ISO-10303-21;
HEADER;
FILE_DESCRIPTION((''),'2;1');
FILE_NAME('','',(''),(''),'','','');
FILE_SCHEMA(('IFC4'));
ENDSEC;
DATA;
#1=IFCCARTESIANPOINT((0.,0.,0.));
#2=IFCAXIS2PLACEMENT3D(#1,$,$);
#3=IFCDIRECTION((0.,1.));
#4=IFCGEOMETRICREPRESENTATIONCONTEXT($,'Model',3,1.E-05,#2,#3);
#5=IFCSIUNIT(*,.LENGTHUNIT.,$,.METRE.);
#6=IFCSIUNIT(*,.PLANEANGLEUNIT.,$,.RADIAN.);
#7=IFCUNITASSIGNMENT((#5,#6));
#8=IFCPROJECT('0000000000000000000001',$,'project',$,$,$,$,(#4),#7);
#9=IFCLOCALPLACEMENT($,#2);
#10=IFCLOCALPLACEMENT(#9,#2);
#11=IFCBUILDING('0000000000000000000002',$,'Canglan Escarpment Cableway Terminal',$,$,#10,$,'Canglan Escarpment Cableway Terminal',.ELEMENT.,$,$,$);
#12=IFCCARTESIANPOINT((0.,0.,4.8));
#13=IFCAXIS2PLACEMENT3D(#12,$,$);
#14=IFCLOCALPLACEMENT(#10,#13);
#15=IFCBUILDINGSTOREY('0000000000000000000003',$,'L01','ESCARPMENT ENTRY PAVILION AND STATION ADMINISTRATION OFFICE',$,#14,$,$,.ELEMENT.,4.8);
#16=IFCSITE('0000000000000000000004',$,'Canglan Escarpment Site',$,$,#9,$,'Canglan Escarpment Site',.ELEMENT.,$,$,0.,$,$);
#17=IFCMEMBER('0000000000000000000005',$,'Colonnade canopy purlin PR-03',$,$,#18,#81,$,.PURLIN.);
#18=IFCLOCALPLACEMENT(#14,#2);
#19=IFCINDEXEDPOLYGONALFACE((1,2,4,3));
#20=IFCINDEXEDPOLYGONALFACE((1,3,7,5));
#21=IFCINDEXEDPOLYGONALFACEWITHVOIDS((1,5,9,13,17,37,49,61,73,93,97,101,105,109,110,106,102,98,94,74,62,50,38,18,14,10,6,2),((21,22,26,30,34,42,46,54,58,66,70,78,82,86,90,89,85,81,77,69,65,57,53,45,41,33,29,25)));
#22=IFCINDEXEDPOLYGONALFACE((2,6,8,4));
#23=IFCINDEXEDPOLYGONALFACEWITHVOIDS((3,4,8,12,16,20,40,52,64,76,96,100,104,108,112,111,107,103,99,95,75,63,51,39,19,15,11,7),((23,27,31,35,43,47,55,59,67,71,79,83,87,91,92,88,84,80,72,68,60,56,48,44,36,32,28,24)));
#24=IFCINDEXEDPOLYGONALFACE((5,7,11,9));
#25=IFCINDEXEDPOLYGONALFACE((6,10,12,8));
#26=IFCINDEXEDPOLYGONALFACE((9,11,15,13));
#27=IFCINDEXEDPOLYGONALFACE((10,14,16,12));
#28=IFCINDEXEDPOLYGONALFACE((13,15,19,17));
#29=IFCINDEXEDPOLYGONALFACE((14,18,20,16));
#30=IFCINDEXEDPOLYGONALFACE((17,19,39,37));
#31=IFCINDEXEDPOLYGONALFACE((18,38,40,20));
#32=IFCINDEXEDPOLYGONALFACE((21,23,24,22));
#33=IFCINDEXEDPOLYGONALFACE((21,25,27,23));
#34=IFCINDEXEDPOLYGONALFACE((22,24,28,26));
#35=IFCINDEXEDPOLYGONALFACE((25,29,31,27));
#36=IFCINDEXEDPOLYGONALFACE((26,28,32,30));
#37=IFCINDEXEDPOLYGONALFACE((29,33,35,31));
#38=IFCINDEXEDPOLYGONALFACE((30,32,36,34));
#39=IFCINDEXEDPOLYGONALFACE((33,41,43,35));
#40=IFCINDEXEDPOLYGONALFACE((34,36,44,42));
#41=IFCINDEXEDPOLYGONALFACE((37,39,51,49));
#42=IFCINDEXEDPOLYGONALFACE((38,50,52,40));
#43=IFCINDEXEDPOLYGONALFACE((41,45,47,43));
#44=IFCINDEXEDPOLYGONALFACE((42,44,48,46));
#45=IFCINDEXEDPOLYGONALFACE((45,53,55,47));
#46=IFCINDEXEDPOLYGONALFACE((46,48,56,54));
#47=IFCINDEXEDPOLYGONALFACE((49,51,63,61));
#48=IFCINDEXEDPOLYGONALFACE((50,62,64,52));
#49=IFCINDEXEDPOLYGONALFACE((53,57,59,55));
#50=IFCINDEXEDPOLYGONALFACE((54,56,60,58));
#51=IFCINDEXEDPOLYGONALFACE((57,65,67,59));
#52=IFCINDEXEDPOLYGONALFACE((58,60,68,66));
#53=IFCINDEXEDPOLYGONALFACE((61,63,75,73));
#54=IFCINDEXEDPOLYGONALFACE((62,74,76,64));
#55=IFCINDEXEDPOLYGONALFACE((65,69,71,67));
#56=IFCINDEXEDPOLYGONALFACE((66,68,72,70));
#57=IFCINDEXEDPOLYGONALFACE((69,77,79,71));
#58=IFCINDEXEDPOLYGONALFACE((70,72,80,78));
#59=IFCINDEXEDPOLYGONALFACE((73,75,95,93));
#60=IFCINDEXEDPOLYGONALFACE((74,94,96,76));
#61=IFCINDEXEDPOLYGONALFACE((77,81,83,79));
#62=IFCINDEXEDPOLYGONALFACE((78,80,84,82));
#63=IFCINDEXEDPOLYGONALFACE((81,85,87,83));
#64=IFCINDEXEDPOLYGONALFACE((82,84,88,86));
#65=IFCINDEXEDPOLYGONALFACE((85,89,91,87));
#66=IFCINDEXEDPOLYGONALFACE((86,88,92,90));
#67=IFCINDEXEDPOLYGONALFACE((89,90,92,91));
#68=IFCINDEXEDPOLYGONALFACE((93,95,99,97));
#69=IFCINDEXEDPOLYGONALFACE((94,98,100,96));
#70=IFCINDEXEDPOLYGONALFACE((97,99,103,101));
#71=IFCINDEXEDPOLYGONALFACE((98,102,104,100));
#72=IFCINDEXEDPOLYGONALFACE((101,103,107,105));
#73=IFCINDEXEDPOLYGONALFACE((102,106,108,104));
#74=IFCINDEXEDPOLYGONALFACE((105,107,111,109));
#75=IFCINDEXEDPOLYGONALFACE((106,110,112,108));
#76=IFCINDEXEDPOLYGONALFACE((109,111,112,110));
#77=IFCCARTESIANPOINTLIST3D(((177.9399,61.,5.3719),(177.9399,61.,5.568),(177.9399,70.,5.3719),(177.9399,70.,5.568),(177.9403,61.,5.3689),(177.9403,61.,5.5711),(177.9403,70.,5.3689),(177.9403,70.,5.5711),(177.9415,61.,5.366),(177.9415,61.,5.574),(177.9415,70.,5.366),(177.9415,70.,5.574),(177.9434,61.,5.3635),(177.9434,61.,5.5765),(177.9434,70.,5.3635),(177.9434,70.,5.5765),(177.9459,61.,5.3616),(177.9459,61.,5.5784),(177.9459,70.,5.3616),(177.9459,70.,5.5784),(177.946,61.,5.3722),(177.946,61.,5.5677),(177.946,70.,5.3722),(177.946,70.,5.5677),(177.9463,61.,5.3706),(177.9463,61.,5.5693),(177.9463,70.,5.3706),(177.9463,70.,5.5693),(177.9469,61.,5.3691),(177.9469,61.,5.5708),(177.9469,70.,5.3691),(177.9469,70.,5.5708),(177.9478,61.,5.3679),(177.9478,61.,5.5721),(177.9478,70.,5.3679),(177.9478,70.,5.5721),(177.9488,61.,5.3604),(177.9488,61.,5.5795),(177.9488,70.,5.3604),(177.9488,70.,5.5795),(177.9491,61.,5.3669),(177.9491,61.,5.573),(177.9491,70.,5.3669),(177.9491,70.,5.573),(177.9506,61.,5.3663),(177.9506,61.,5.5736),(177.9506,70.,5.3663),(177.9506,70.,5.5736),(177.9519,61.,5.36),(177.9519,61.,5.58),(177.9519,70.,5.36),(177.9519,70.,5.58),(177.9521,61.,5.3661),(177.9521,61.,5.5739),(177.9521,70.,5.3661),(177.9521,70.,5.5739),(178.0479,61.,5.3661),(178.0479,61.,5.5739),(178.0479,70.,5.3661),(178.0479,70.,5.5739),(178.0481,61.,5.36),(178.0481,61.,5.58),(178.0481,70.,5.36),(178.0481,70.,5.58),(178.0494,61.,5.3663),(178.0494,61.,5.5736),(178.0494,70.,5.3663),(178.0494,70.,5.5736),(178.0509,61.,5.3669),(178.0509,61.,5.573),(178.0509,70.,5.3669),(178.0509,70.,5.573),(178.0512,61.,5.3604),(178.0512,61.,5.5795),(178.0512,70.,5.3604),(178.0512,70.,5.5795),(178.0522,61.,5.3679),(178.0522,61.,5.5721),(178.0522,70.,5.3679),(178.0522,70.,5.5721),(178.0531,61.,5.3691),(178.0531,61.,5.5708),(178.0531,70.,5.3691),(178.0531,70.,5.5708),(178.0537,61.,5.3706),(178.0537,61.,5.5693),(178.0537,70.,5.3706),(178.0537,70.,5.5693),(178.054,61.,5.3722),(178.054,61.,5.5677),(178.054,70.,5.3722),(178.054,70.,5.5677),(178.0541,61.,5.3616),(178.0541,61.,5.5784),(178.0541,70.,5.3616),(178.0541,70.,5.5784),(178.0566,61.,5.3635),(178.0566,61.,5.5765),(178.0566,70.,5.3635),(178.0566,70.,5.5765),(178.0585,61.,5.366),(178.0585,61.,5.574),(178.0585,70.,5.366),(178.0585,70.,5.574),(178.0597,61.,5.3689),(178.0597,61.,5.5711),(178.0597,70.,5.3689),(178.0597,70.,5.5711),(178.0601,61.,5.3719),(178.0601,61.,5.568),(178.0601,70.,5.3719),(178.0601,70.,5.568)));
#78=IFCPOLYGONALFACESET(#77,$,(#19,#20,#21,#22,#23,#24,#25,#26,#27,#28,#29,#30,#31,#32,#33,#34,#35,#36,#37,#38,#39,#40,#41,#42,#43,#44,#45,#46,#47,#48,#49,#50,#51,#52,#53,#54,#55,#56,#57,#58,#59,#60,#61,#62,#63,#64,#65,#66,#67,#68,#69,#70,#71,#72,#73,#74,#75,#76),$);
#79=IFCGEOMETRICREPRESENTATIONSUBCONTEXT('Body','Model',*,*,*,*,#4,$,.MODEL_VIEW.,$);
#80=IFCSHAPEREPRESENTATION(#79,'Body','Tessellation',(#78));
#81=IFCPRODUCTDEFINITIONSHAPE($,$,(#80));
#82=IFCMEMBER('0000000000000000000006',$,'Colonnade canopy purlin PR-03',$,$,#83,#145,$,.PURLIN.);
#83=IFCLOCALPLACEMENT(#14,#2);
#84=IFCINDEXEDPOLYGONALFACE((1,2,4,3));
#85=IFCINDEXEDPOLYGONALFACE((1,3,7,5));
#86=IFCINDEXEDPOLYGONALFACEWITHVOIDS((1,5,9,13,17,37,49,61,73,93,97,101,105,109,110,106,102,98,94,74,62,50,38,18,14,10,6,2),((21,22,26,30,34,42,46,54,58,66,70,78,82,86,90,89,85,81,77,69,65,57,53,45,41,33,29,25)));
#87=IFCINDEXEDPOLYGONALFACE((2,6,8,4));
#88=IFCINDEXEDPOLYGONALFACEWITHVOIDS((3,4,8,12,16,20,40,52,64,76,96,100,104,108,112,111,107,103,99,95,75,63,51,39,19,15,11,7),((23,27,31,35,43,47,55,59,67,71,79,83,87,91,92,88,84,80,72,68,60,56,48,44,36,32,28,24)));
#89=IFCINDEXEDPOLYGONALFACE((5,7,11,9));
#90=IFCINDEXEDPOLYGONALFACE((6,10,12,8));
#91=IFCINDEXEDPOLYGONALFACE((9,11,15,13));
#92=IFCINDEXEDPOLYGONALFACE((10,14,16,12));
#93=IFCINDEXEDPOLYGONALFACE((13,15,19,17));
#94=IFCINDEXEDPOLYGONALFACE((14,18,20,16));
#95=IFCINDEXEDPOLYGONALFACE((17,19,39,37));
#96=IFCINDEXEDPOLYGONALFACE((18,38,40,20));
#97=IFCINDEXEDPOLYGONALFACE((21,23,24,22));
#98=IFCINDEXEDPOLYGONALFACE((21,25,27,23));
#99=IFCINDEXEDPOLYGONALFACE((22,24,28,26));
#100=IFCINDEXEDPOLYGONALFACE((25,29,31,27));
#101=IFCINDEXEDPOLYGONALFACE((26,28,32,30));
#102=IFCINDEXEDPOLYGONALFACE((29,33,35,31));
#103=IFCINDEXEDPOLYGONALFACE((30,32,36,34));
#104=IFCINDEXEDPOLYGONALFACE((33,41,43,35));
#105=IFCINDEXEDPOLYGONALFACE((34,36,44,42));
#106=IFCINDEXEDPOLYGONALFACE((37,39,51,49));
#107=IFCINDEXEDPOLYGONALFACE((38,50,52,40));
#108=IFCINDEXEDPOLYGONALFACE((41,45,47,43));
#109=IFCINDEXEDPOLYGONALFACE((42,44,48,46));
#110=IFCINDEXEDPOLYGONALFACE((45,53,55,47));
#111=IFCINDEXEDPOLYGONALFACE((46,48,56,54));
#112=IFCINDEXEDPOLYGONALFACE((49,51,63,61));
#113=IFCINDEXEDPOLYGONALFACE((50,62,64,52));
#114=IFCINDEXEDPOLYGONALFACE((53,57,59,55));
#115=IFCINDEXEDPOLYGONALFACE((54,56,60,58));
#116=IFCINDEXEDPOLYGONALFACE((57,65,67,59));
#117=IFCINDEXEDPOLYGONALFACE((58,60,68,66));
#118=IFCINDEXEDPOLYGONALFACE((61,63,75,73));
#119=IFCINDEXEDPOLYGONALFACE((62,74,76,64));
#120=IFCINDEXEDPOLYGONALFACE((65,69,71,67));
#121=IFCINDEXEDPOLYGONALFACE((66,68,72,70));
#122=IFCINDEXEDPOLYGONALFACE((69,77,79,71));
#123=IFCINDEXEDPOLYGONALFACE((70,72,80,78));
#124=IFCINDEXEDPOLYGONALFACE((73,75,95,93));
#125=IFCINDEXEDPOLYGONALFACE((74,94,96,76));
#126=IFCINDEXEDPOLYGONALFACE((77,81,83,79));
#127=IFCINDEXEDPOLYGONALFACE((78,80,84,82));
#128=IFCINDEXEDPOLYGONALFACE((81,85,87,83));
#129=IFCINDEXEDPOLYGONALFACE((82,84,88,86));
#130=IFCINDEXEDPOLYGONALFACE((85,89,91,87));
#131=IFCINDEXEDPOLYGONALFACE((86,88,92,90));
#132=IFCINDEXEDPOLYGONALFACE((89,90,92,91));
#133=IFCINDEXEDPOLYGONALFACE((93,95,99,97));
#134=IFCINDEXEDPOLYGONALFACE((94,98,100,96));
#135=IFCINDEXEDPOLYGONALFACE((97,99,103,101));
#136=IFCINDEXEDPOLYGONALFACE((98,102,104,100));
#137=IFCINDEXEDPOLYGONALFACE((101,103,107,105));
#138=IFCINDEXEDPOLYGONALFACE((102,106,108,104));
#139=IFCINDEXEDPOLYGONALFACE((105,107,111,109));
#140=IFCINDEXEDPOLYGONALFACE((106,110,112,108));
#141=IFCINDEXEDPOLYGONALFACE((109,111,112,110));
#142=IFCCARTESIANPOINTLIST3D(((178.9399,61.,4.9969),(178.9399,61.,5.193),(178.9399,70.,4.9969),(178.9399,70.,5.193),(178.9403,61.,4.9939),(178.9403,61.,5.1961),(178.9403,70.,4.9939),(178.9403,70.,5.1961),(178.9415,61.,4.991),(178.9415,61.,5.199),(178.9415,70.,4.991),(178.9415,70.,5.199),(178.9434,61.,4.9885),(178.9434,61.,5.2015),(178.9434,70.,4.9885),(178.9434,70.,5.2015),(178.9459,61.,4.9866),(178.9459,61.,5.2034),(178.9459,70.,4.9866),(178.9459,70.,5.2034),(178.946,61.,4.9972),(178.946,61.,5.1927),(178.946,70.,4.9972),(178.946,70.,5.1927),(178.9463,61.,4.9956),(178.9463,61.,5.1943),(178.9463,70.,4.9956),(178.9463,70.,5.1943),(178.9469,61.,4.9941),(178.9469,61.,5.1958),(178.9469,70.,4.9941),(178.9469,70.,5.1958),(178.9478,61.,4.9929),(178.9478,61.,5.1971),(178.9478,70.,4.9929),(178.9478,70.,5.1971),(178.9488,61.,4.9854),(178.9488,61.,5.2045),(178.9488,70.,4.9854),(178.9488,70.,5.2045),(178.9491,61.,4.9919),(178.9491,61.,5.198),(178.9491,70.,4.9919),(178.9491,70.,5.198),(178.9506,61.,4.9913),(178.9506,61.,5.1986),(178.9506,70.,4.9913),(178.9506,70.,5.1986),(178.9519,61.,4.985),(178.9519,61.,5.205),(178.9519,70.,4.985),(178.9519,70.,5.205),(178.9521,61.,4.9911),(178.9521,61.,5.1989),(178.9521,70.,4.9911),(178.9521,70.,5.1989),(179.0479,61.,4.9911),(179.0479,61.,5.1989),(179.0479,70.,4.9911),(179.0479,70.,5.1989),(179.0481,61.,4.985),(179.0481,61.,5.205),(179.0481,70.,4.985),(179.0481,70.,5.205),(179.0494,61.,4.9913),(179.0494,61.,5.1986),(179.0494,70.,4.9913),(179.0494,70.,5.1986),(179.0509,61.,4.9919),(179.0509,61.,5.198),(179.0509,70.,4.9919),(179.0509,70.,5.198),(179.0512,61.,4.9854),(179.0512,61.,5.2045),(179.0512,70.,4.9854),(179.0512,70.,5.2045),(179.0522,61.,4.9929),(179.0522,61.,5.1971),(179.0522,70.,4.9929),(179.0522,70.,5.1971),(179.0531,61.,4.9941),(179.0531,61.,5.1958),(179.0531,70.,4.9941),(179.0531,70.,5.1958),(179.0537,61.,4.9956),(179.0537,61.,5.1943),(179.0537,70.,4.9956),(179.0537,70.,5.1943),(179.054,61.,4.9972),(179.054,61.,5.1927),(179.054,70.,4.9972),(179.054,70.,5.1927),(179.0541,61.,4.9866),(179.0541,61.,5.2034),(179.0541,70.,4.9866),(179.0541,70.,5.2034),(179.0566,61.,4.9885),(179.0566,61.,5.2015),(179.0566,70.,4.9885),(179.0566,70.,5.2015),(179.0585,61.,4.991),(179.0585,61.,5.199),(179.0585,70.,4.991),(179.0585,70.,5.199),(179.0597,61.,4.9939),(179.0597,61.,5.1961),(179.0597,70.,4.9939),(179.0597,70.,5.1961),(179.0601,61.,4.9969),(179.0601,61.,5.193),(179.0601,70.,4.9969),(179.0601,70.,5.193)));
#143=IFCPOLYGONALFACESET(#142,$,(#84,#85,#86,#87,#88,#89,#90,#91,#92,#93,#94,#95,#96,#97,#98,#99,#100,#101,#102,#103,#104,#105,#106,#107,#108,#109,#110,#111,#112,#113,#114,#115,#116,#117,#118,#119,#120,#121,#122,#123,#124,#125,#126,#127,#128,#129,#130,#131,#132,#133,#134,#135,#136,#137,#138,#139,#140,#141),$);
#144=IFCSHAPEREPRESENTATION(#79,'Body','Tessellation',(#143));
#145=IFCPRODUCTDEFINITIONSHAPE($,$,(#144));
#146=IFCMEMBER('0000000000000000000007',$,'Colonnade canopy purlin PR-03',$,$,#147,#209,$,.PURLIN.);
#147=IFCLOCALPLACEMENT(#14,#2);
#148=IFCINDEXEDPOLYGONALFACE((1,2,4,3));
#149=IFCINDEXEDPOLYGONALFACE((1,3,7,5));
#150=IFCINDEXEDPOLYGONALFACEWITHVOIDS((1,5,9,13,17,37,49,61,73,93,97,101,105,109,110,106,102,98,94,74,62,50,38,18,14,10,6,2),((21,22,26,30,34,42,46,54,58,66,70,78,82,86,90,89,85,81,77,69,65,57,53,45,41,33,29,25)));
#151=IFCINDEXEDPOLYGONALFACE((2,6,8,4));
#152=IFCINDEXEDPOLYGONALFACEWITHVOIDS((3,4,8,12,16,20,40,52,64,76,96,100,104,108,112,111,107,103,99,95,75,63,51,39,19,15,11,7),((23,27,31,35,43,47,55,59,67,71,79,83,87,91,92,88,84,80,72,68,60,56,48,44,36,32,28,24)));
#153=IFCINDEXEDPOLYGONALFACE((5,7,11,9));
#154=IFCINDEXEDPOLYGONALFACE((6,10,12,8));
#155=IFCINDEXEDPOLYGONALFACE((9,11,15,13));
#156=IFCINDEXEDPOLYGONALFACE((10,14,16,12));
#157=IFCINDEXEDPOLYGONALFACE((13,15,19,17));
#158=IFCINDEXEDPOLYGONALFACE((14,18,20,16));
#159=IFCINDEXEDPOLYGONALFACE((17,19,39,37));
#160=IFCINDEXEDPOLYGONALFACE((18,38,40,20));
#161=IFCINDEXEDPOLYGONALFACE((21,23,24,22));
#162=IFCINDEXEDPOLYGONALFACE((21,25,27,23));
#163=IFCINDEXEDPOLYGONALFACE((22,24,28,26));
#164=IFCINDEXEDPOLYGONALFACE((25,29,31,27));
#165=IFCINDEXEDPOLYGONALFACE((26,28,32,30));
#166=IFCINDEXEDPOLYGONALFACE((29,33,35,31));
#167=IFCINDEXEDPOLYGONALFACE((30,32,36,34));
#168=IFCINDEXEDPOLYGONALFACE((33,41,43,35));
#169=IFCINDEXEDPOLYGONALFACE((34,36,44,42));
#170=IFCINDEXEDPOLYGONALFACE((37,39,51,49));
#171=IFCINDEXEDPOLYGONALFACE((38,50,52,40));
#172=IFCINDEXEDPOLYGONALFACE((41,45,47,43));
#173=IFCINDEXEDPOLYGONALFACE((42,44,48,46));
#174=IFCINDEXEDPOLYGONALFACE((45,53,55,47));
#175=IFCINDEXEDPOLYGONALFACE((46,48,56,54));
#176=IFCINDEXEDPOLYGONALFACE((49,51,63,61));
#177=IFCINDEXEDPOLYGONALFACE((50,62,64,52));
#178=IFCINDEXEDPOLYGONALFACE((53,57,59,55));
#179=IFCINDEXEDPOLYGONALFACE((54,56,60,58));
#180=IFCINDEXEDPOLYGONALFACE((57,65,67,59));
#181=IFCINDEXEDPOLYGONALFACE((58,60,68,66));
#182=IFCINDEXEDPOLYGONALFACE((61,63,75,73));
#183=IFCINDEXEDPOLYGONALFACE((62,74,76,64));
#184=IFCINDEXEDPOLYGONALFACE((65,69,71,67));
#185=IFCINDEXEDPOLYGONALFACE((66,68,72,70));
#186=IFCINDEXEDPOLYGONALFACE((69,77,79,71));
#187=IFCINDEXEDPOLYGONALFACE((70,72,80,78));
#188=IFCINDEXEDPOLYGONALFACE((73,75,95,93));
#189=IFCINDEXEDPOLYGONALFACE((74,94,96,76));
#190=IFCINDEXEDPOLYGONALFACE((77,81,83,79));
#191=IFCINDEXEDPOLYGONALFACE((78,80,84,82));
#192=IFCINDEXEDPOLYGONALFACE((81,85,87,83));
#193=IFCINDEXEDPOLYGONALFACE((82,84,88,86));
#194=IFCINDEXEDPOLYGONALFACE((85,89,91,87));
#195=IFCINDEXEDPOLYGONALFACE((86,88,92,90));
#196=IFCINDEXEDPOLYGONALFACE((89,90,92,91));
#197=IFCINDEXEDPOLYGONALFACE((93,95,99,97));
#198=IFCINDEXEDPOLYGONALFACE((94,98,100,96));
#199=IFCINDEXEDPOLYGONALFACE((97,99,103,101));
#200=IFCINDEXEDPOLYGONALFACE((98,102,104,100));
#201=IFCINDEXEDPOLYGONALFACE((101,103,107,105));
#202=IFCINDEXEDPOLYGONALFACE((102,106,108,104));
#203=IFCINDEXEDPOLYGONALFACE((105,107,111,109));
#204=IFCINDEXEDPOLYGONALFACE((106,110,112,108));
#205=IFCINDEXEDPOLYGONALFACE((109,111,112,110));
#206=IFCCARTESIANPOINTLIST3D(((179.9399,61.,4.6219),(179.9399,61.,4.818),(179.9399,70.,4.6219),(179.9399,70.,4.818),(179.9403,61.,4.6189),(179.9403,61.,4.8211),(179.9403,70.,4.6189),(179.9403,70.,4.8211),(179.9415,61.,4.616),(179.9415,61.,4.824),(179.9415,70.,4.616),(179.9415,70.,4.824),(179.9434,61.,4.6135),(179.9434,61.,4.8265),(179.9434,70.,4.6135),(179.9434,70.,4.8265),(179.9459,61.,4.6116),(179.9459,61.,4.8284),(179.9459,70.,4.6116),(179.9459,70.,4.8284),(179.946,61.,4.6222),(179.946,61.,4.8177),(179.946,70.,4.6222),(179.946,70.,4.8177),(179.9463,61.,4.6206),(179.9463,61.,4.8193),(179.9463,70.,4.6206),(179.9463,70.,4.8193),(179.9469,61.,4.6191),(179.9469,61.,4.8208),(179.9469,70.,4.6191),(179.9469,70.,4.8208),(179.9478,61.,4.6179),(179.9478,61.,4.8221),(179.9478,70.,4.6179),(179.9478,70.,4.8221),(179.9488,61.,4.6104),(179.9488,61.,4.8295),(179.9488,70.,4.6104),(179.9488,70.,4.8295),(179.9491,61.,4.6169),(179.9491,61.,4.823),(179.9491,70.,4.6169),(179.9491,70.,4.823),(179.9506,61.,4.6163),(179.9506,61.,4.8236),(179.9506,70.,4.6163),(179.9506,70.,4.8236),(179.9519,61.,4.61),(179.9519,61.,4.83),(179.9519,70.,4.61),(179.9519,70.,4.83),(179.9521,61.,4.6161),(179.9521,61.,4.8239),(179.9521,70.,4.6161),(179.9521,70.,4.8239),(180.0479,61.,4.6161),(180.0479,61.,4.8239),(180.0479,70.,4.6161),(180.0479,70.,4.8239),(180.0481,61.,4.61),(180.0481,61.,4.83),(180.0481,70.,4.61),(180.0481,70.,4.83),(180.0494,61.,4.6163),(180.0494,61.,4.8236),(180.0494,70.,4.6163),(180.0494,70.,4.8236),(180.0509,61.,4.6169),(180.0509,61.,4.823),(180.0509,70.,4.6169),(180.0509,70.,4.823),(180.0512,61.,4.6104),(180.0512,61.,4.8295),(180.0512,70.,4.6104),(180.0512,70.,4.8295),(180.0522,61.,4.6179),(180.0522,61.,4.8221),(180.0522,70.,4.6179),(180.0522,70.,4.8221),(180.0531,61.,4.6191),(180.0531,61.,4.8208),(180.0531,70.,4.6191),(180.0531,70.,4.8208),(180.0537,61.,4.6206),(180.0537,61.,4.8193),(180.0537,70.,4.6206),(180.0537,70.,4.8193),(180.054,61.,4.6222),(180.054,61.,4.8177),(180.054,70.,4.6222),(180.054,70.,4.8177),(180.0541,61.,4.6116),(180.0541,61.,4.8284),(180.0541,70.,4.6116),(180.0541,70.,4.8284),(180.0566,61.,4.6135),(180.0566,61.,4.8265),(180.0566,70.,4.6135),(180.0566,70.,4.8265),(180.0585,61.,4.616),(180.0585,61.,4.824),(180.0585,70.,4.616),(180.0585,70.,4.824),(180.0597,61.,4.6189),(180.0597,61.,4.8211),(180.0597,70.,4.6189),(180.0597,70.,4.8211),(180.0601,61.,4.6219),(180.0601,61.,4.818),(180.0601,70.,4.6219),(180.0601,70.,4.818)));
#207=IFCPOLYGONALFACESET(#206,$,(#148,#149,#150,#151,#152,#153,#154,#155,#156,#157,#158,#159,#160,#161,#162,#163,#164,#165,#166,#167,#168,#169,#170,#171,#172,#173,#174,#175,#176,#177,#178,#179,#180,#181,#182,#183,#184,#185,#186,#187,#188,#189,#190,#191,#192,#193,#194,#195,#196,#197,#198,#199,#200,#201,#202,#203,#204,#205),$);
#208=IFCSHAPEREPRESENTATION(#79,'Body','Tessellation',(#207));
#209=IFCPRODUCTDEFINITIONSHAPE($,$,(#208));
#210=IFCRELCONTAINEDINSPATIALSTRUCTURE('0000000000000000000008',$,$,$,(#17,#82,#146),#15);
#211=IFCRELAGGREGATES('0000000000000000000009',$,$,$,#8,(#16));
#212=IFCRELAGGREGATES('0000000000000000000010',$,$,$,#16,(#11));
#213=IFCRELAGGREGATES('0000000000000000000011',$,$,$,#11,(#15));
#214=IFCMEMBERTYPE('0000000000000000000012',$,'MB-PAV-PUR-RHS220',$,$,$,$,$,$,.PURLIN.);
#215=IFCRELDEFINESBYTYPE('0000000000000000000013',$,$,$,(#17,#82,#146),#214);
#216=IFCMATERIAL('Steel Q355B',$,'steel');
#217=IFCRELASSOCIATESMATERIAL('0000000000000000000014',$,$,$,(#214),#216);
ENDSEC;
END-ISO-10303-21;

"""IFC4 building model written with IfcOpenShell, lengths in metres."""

from ifc_helpers import new_model, si_unit, direction, frame, origin, origin_2d, place, context, subcontext, project, spatial, hollow_rectangle, extrude, material, material_profile, profile_set, type_object, element, save


model = new_model("IFC4")

# Units and contexts
model_context = context("Model", 3, precision=1e-05, world=origin(), true_north=direction((0.0, 1.0)))
body_context = subcontext(model_context, "Body", "Model", "MODEL_VIEW")
ifc_project = project(units=[si_unit("LENGTHUNIT", "METRE"), si_unit("PLANEANGLEUNIT", "RADIAN")], contexts=[model_context])

# Site, building, storey
site_placement = place(None, origin())
site = spatial("IfcSite", under=ifc_project, at=site_placement, Name="Canglan Escarpment Site", LongName="Canglan Escarpment Site", CompositionType="ELEMENT", RefElevation=0.0)
building_placement = place(site_placement, origin())
building = spatial("IfcBuilding", under=site, at=building_placement, Name="Canglan Escarpment Cableway Terminal", LongName="Canglan Escarpment Cableway Terminal", CompositionType="ELEMENT")
storey_placement = place(building_placement, frame((0.0, 0.0, 4.8)))
storey = spatial("IfcBuildingStorey", under=building, at=storey_placement, Name="L01", Description="ESCARPMENT ENTRY PAVILION AND STATION ADMINISTRATION OFFICE", CompositionType="ELEMENT", Elevation=4.8)

# Shared definitions
ifc_material_1 = material(Name="Steel Q355B", Category="steel")

# Members
ifc_material_profile_1 = material_profile(ifc_material_1, hollow_rectangle(XDim=0.1201, YDim=0.22, WallThickness=0.0061, InnerFilletRadius=0.0061, OuterFilletRadius=0.012, at=origin_2d()), Name="RHS 220x120x6")
ifc_profile_set_1 = profile_set([ifc_material_profile_1], Name="Steel Q355B")
member_type_1 = type_object("IfcMemberType", Name="MB-PAV-PUR-RHS220", PredefinedType="PURLIN", material=ifc_profile_set_1)
for number, where, z_axis, x_axis, name in (
    (1, (178.0, 61.0, 5.47), (0.0, 1.0, 0.0), (-1.0, 0.0, 0.0), "Colonnade canopy purlin PR-03"),
    (2, (179.0, 61.0, 5.095), (0.0, 1.0, 0.0), (-1.0, 0.0, 0.0), "Colonnade canopy purlin PR-03"),
    (3, (180.0, 61.0, 4.72), (0.0, 1.0, 0.0), (-1.0, 0.0, 0.0), "Colonnade canopy purlin PR-03"),
):
    element("IfcMember", number, at=place(storey_placement, frame(where, z_axis=z_axis, x_axis=x_axis)), inside=storey, type_object=member_type_1, Name=name, PredefinedType="PURLIN", context=body_context, shape_type="SweptSolid", body=[
        extrude(hollow_rectangle(XDim=0.1201, YDim=0.22, WallThickness=0.0061, InnerFilletRadius=0.0061, OuterFilletRadius=0.012, at=origin_2d()), origin(), (0.0, 0.0, 1.0), 9.0),
    ])

save(model, "model.ifc")
